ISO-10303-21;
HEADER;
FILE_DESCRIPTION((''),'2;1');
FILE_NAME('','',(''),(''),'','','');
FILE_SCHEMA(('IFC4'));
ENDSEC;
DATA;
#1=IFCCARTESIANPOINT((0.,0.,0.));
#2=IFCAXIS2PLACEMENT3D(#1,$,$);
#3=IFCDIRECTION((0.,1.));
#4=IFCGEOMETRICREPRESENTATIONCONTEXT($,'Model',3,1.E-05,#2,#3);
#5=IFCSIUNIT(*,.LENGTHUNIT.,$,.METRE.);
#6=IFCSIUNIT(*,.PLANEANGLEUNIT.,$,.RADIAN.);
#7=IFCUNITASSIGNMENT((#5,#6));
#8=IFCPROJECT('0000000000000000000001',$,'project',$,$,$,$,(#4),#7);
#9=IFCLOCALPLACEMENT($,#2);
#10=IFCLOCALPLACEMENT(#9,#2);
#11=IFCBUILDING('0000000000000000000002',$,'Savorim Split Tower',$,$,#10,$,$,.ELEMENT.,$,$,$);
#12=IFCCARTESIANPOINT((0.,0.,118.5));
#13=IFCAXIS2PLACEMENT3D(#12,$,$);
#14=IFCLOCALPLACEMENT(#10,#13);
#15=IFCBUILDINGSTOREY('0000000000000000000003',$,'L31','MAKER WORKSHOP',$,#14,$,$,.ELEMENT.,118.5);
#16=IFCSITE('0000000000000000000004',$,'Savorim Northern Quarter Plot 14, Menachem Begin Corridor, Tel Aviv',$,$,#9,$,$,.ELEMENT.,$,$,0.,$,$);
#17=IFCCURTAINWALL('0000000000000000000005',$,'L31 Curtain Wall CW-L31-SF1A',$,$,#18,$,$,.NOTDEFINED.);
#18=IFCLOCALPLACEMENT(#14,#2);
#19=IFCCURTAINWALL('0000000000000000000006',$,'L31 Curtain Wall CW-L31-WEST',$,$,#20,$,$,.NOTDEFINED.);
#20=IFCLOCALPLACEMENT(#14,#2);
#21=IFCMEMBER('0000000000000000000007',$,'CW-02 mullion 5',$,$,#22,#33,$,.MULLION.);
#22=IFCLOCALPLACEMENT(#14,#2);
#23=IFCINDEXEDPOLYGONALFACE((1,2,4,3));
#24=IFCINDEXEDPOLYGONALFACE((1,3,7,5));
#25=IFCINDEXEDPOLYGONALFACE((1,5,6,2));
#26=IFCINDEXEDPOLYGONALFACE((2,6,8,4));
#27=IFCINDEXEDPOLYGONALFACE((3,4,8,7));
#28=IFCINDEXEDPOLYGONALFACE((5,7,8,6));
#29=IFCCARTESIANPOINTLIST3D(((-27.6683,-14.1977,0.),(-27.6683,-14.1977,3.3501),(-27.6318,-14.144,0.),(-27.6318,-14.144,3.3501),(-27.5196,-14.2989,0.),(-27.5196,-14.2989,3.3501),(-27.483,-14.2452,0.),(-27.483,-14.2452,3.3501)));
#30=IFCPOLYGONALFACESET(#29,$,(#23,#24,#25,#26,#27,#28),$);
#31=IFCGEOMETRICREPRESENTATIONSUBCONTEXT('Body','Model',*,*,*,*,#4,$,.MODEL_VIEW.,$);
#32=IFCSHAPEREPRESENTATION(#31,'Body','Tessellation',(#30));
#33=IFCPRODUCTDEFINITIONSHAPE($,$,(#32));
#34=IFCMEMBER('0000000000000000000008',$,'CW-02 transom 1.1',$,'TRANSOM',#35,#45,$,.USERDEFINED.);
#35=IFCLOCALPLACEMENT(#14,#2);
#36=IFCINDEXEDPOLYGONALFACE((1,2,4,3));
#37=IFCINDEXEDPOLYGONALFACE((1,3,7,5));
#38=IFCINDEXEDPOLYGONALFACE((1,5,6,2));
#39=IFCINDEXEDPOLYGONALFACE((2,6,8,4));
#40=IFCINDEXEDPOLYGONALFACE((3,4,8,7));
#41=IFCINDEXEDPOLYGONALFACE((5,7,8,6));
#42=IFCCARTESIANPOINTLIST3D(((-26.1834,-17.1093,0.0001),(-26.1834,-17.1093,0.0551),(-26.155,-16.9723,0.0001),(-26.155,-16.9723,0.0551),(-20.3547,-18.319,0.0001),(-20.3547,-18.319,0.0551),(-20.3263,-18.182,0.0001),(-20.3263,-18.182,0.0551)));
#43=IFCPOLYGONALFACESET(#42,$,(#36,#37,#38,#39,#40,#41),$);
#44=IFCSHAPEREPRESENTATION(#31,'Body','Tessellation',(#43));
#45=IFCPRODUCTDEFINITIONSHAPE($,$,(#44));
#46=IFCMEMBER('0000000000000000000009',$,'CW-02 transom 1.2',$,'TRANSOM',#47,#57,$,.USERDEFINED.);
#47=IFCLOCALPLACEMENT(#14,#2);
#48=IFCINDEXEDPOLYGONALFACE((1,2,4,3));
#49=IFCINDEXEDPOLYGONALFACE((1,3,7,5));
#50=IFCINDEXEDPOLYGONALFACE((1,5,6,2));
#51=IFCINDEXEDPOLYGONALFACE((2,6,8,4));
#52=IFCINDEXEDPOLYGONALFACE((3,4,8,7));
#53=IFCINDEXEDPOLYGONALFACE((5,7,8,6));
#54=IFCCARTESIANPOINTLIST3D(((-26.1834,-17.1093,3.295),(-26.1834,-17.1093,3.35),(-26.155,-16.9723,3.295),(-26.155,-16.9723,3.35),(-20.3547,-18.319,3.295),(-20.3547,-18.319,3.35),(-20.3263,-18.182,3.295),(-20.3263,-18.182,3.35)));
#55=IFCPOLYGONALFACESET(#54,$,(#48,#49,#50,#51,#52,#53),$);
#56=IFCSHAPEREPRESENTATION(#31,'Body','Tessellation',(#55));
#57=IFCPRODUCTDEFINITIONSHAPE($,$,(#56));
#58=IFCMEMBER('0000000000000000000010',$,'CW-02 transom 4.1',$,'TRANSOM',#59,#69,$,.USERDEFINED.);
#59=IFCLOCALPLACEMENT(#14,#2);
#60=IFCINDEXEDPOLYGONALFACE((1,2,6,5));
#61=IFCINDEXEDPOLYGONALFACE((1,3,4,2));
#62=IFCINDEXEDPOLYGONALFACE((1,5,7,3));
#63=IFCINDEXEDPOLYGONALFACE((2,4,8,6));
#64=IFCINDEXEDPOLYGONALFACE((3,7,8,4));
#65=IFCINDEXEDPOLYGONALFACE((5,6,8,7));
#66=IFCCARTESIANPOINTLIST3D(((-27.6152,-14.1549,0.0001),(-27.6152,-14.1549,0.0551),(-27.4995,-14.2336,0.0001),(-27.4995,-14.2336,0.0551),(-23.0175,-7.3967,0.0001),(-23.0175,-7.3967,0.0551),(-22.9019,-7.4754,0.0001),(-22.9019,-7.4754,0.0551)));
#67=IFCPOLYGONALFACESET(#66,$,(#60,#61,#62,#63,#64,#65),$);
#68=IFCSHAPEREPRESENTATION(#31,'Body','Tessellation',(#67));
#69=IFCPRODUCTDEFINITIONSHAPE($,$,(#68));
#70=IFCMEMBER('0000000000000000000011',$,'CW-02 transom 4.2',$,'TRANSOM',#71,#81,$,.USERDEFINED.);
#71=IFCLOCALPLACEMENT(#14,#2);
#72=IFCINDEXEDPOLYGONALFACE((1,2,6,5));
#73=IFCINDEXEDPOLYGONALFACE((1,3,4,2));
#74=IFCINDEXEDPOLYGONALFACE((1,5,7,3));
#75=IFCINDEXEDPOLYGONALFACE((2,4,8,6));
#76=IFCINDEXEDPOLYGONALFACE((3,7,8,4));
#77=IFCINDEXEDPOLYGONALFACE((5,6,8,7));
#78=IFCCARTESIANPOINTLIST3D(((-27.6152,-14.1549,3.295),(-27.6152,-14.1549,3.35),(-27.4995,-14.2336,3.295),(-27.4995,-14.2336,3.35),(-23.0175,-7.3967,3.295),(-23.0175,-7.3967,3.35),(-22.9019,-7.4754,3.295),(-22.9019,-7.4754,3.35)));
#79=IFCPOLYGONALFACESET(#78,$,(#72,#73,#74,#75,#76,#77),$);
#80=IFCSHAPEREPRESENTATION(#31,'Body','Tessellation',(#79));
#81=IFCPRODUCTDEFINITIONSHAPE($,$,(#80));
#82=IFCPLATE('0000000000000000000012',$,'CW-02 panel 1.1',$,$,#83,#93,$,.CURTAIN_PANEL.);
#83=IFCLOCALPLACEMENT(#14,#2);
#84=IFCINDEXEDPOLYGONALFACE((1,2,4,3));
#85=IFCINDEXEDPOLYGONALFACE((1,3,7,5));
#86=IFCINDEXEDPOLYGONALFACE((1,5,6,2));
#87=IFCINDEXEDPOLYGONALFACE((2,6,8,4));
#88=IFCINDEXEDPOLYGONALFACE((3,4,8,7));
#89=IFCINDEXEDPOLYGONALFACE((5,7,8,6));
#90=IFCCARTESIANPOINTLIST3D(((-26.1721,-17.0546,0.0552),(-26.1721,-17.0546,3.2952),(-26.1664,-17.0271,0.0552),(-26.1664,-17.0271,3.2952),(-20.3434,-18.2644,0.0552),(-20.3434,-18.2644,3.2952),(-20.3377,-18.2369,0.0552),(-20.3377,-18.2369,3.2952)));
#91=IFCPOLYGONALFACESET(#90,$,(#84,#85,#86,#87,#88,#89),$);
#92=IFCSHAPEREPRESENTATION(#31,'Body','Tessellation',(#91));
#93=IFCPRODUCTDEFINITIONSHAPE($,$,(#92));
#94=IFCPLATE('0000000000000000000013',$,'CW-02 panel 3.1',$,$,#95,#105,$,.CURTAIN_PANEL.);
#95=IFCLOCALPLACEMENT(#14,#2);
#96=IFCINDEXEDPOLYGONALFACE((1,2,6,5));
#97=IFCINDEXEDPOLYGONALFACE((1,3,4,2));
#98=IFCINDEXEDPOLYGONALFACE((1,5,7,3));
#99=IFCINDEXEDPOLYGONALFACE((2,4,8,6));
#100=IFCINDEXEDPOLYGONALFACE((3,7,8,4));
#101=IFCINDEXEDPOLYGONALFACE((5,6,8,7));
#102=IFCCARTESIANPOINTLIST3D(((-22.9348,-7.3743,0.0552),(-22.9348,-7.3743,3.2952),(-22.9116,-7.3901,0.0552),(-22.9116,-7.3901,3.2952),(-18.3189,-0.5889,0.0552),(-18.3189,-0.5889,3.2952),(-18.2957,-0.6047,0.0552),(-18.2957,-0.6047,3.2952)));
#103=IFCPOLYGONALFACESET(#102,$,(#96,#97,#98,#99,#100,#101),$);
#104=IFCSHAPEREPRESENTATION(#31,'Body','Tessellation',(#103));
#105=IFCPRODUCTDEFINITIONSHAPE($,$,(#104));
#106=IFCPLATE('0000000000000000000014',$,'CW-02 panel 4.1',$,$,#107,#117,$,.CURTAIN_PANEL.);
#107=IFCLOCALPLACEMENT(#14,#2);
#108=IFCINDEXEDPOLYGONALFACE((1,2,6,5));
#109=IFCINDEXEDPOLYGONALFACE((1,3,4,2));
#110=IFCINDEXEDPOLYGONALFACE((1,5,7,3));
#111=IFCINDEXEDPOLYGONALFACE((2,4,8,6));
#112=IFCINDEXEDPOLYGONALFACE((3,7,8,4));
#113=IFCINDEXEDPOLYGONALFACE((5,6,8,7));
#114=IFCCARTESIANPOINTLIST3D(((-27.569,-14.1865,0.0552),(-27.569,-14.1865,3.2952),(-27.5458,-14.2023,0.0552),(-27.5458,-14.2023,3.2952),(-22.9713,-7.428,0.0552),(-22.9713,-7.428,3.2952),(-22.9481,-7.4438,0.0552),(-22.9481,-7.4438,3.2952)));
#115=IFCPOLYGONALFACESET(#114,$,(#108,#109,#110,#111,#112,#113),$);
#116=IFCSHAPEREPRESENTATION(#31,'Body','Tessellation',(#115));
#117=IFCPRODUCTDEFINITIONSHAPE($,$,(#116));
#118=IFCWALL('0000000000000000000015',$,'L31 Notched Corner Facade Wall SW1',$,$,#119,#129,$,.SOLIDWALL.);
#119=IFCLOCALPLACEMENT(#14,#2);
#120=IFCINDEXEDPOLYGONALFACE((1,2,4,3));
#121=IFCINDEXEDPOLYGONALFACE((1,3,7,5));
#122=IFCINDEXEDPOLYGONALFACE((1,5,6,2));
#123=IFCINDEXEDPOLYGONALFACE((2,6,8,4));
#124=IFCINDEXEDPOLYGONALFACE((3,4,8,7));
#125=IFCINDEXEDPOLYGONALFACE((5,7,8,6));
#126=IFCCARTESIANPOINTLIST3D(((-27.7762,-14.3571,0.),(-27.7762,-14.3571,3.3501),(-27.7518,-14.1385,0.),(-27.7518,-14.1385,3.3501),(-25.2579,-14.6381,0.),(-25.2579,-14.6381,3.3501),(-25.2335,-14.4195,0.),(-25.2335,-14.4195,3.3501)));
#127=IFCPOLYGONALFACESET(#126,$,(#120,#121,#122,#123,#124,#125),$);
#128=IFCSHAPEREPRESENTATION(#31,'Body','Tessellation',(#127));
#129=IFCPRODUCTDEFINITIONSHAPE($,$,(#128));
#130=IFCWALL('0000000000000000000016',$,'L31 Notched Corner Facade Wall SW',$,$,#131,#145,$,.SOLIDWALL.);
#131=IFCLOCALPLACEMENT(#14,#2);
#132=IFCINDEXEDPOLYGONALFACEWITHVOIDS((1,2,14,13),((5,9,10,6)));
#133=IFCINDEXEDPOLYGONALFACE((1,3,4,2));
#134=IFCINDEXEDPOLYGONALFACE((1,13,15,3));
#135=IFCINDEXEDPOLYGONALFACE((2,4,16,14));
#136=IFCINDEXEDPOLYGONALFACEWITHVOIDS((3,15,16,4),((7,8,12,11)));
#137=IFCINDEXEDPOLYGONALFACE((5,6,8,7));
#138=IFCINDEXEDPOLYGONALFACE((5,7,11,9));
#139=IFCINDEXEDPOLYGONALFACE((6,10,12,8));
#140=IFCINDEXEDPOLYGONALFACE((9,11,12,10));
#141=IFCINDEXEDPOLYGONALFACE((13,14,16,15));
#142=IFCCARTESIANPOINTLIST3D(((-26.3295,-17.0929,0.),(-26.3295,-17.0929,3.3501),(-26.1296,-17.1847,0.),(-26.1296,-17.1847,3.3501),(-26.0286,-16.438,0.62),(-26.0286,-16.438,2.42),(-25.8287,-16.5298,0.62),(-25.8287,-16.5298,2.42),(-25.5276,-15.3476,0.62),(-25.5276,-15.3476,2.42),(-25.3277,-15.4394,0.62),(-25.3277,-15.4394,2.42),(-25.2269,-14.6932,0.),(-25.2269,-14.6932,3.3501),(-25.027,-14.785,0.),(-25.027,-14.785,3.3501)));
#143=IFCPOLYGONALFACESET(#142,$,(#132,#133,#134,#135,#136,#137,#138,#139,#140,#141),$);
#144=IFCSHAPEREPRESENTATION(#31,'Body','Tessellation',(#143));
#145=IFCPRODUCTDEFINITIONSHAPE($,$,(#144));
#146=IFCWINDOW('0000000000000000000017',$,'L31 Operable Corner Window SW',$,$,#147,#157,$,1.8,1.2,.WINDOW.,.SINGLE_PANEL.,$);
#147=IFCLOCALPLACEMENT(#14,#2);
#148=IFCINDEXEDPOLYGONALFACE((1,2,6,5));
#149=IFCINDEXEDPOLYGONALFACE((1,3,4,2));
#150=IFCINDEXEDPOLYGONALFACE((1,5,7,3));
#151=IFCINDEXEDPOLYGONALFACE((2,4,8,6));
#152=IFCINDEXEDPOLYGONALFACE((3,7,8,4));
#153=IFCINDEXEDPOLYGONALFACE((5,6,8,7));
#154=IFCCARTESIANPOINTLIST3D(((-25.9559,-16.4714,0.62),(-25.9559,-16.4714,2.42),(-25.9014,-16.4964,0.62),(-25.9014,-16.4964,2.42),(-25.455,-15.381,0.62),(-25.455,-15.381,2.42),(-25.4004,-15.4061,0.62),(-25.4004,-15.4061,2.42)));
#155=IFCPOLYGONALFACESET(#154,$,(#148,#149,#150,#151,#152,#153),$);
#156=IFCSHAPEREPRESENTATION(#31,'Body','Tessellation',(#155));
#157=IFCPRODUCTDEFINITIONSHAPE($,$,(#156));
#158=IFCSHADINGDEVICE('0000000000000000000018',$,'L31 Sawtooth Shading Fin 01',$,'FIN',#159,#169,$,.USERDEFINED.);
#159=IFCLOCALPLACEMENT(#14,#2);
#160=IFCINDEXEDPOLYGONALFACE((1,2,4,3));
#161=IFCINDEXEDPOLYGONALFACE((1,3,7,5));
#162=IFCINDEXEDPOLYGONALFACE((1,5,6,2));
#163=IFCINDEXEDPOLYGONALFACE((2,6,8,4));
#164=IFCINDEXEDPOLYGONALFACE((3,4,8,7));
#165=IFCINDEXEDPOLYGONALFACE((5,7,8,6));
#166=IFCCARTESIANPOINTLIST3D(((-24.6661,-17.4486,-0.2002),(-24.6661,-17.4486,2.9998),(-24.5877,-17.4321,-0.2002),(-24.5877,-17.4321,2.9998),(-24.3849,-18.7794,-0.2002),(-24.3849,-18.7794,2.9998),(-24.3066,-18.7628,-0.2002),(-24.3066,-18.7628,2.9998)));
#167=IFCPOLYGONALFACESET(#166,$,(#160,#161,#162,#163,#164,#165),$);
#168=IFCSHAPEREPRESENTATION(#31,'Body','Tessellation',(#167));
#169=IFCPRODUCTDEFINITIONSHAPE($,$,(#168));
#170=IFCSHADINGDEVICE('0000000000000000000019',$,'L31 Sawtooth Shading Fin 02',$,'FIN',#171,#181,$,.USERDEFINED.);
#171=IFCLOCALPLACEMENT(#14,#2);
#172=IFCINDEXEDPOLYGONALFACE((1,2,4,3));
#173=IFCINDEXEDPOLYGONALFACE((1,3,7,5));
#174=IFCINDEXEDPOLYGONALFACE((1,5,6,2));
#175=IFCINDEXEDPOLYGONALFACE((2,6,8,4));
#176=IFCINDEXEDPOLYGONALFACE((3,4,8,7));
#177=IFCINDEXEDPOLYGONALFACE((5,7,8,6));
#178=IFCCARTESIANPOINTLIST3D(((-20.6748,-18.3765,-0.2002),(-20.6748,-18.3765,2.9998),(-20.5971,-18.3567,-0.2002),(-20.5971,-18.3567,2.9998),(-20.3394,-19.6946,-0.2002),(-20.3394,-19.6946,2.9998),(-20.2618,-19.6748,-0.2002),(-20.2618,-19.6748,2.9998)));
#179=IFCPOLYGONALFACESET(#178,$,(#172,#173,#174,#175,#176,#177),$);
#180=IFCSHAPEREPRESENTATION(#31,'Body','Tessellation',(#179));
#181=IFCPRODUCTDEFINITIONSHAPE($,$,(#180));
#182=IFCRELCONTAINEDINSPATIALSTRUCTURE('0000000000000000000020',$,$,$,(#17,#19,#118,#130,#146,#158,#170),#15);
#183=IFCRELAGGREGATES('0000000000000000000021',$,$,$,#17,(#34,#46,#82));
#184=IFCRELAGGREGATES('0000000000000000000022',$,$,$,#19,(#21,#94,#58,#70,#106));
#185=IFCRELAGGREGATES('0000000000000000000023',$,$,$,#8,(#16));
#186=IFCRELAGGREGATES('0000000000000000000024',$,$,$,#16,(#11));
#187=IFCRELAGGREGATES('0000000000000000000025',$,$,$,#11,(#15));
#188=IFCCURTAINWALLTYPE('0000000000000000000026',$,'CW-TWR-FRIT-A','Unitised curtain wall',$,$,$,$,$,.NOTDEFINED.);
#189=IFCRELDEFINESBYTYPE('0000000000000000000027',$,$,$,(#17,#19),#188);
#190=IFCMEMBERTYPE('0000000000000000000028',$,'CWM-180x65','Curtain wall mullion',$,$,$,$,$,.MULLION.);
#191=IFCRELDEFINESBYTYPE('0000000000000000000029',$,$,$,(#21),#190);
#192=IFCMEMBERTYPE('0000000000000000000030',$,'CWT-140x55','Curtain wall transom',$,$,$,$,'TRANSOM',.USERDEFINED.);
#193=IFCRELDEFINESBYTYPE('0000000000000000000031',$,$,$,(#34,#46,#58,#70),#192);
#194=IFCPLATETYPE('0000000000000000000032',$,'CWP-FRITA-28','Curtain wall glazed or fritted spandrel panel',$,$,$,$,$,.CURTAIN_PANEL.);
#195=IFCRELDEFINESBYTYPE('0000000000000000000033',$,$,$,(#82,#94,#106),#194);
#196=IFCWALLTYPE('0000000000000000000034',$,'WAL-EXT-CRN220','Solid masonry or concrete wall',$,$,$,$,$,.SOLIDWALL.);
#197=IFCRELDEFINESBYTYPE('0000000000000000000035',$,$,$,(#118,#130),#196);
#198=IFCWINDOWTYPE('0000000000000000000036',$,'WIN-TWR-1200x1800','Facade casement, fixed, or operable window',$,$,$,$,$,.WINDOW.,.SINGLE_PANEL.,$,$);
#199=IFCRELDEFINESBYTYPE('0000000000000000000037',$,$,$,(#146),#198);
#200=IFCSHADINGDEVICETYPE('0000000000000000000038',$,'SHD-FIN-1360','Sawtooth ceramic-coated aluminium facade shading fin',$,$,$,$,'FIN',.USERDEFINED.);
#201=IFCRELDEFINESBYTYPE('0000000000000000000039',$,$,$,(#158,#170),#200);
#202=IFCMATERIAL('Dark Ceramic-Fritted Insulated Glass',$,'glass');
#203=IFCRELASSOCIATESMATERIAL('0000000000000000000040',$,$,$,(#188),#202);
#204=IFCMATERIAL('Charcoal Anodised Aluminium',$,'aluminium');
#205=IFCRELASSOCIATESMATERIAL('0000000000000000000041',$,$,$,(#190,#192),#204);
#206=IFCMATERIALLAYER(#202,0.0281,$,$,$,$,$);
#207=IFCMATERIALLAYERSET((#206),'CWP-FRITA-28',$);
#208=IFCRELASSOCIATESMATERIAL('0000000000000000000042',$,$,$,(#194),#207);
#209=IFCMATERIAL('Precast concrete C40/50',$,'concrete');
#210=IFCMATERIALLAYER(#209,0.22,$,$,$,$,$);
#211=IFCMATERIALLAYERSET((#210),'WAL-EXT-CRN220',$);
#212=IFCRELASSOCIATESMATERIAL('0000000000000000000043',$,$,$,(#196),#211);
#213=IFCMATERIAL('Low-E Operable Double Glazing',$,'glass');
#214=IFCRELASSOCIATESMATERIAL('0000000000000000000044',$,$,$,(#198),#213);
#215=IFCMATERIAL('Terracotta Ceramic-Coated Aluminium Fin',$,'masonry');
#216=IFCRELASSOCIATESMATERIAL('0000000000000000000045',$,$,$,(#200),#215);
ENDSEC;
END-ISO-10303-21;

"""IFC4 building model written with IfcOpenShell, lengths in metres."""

from ifc_helpers import new_model, si_unit, direction, frame, frame_2d, origin, origin_2d, place, context, subcontext, project, spatial, rectangle, extrude, material, layer, layer_set, material_profile, profile_set, type_object, element, fill, aggregate, save


model = new_model("IFC4")

# Units and contexts
model_context = context("Model", 3, precision=1e-05, world=origin(), true_north=direction((0.0, 1.0)))
body_context = subcontext(model_context, "Body", "Model", "MODEL_VIEW")
ifc_project = project(units=[si_unit("LENGTHUNIT", "METRE"), si_unit("PLANEANGLEUNIT", "RADIAN")], contexts=[model_context])

# Site, building, storey
site_placement = place(None, origin())
site = spatial("IfcSite", under=ifc_project, at=site_placement, Name="Savorim Northern Quarter Plot 14, Menachem Begin Corridor, Tel Aviv", CompositionType="ELEMENT", RefElevation=0.0)
building_placement = place(site_placement, origin())
building = spatial("IfcBuilding", under=site, at=building_placement, Name="Savorim Split Tower", CompositionType="ELEMENT")
storey_placement = place(building_placement, frame((0.0, 0.0, 118.5)))
storey = spatial("IfcBuildingStorey", under=building, at=storey_placement, Name="L31", Description="MAKER WORKSHOP", CompositionType="ELEMENT", Elevation=118.5)

# Curtain walls, member
ifc_material_1 = material(Name="Dark Ceramic-Fritted Insulated Glass", Category="glass")
curtain_wall_type = type_object("IfcCurtainWallType", Name="CW-TWR-FRIT-A", Description="Unitised curtain wall", PredefinedType="NOTDEFINED", material=ifc_material_1)
curtain_wall_1_placement = place(storey_placement, origin())
curtain_wall_1 = element("IfcCurtainWall", 1, at=curtain_wall_1_placement, inside=storey, type_object=curtain_wall_type, Name="L31 Curtain Wall CW-L31-SF1A", PredefinedType="NOTDEFINED")
ifc_material_2 = material(Name="Charcoal Anodised Aluminium", Category="aluminium")
ifc_material_profile_1 = material_profile(ifc_material_2, rectangle(XDim=0.1799, YDim=0.0649, at=origin_2d()), Name="ALU-M 180x65")
ifc_profile_set_1 = profile_set([ifc_material_profile_1], Name="Charcoal Anodised Aluminium")
member_type_1 = type_object("IfcMemberType", Name="CWM-180x65", Description="Curtain wall mullion", PredefinedType="MULLION", material=ifc_profile_set_1)
curtain_wall_2_placement = place(storey_placement, origin())
curtain_wall_2 = element("IfcCurtainWall", 2, at=curtain_wall_2_placement, inside=storey, type_object=curtain_wall_type, Name="L31 Curtain Wall CW-L31-WEST", PredefinedType="NOTDEFINED")
member_1_placement = place(storey_placement, frame((-27.5757, -14.2214, 0.0), z_axis=(0.0, 0.0, 1.0), x_axis=(0.82682, -0.562467, 0.0)))
member_1 = element("IfcMember", 3, at=member_1_placement, type_object=member_type_1, Name="CW-02 mullion 5", PredefinedType="MULLION", context=body_context, shape_type="SweptSolid", body=[
    extrude(rectangle(XDim=0.1799, YDim=0.0649, at=origin_2d()), origin(), (0.0, 0.0, 1.0), 3.3501),
])

# Members
ifc_material_profile_2 = material_profile(ifc_material_2, rectangle(XDim=0.1399, YDim=0.0549, at=origin_2d()), Name="ALU-T 140x55")
ifc_profile_set_2 = profile_set([ifc_material_profile_2], Name="Charcoal Anodised Aluminium")
member_type_2 = type_object("IfcMemberType", Name="CWT-140x55", Description="Curtain wall transom", ElementType="TRANSOM", PredefinedType="USERDEFINED", material=ifc_profile_set_2)
member_2_placement = place(storey_placement, frame((-26.1692, -17.0408, 0.0276), z_axis=(0.979134, -0.203217, 0.0), x_axis=(0.203217, 0.979134, 0.0)))
member_2 = element("IfcMember", 4, at=member_2_placement, type_object=member_type_2, Name="CW-02 transom 1.1", ObjectType="TRANSOM", PredefinedType="USERDEFINED", context=body_context, shape_type="SweptSolid", body=[
    extrude(rectangle(XDim=0.1399, YDim=0.0549, at=origin_2d()), origin(), (0.0, 0.0, 1.0), 5.9529),
])
member_3_placement = place(storey_placement, frame((-26.1692, -17.0408, 3.3225), z_axis=(0.979134, -0.203217, 0.0), x_axis=(0.203217, 0.979134, 0.0)))
member_3 = element("IfcMember", 5, at=member_3_placement, type_object=member_type_2, Name="CW-02 transom 1.2", ObjectType="TRANSOM", PredefinedType="USERDEFINED", context=body_context, shape_type="SweptSolid", body=[
    extrude(rectangle(XDim=0.1399, YDim=0.0549, at=origin_2d()), origin(), (0.0, 0.0, 1.0), 5.9529),
])
member_4_placement = place(storey_placement, frame((-22.9597, -7.436, 0.0276), z_axis=(-0.562478, -0.826812, 0.0), x_axis=(0.826812, -0.562478, 0.0)))
member_4 = element("IfcMember", 6, at=member_4_placement, type_object=member_type_2, Name="CW-02 transom 4.1", ObjectType="TRANSOM", PredefinedType="USERDEFINED", context=body_context, shape_type="SweptSolid", body=[
    extrude(rectangle(XDim=0.1399, YDim=0.0549, at=origin_2d()), origin(), (0.0, 0.0, 1.0), 8.1738),
])
member_5_placement = place(storey_placement, frame((-22.9597, -7.436, 3.3225), z_axis=(-0.562478, -0.826812, 0.0), x_axis=(0.826812, -0.562478, 0.0)))
member_5 = element("IfcMember", 7, at=member_5_placement, type_object=member_type_2, Name="CW-02 transom 4.2", ObjectType="TRANSOM", PredefinedType="USERDEFINED", context=body_context, shape_type="SweptSolid", body=[
    extrude(rectangle(XDim=0.1399, YDim=0.0549, at=origin_2d()), origin(), (0.0, 0.0, 1.0), 8.1738),
])

# Plates
ifc_layer_1 = layer(ifc_material_1, 0.0281)
ifc_layer_set_1 = layer_set([ifc_layer_1], Name="CWP-FRITA-28")
plate_type = type_object("IfcPlateType", Name="CWP-FRITA-28", Description="Curtain wall glazed or fritted spandrel panel", PredefinedType="CURTAIN_PANEL", material=ifc_layer_set_1)
plate_1_placement = place(storey_placement, frame((-23.2549, -17.6458, 0.0552), z_axis=(0.0, 0.0, 1.0), x_axis=(0.979134, -0.203216, 0.0)))
plate_1 = element("IfcPlate", 8, at=plate_1_placement, type_object=plate_type, Name="CW-02 panel 1.1", PredefinedType="CURTAIN_PANEL", context=body_context, shape_type="SweptSolid", body=[
    extrude(rectangle(XDim=5.9529, YDim=0.0281, at=origin_2d()), origin(), (0.0, 0.0, 1.0), 3.24),
])
aggregate(curtain_wall_1, [member_2, member_3, plate_1])
plate_2_placement = place(storey_placement, frame((-20.6152, -3.9895, 0.0552), z_axis=(0.0, 0.0, 1.0), x_axis=(-0.562467, -0.82682, 0.0)))
plate_2 = element("IfcPlate", 9, at=plate_2_placement, type_object=plate_type, Name="CW-02 panel 3.1", PredefinedType="CURTAIN_PANEL", context=body_context, shape_type="SweptSolid", body=[
    extrude(rectangle(XDim=8.2065, YDim=0.0281, at=origin_2d()), origin(), (0.0, 0.0, 1.0), 3.24),
])
plate_3_placement = place(storey_placement, frame((-25.2585, -10.8152, 0.0552), z_axis=(0.0, 0.0, 1.0), x_axis=(-0.562467, -0.82682, 0.0)))
plate_3 = element("IfcPlate", 10, at=plate_3_placement, type_object=plate_type, Name="CW-02 panel 4.1", PredefinedType="CURTAIN_PANEL", context=body_context, shape_type="SweptSolid", body=[
    extrude(rectangle(XDim=8.1741, YDim=0.0281, at=origin_2d()), origin(), (0.0, 0.0, 1.0), 3.24),
])
aggregate(curtain_wall_2, [member_1, plate_2, member_4, member_5, plate_3])

# Wall
ifc_material_3 = material(Name="Precast concrete C40/50", Category="concrete")
ifc_layer_2 = layer(ifc_material_3, 0.22)
ifc_layer_set_2 = layer_set([ifc_layer_2], Name="WAL-EXT-CRN220")
wall_type = type_object("IfcWallType", Name="WAL-EXT-CRN220", Description="Solid masonry or concrete wall", PredefinedType="SOLIDWALL", material=ifc_layer_set_2)
wall_1_placement = place(storey_placement, frame((-25.2456, -14.5288, 0.0), z_axis=(0.0, 0.0, 1.0), x_axis=(-0.993832, 0.110897, 0.0)))
element("IfcWall", 11, at=wall_1_placement, inside=storey, type_object=wall_type, Name="L31 Notched Corner Facade Wall SW1", PredefinedType="SOLIDWALL", context=body_context, shape_type="SweptSolid", body=[
    extrude(rectangle(XDim=2.5339, YDim=0.22, at=frame_2d((1.2671, 0.0))), origin(), (0.0, 0.0, 1.0), 3.3501),
])

# Wall, opening, window
wall_2_placement = place(storey_placement, frame((-26.2295, -17.1387, 0.0), z_axis=(0.0, 0.0, 1.0), x_axis=(0.417498, 0.908678, 0.0)))
wall_2 = element("IfcWall", 12, at=wall_2_placement, inside=storey, type_object=wall_type, Name="L31 Notched Corner Facade Wall SW", PredefinedType="SOLIDWALL", context=body_context, shape_type="SweptSolid", body=[
    extrude(rectangle(XDim=2.6409, YDim=0.22, at=frame_2d((1.3203, 0.0))), origin(), (0.0, 0.0, 1.0), 3.3501),
])
opening_placement = place(wall_2_placement, frame((0.7205, 0.0, 0.6201)))
opening = element("IfcOpeningElement", 13, at=opening_placement, cuts=wall_2, PredefinedType="OPENING", context=body_context, shape_type="SweptSolid", body=[
    extrude(rectangle(XDim=1.2, YDim=1.8, at=frame_2d((0.6001, 0.8999))), frame((0.0, 0.1199, 0.0), z_axis=(0.0, -1.0, 0.0), x_axis=(1.0, 0.0, 0.0)), (0.0, 0.0, 1.0), 0.24),
])
ifc_material_4 = material(Name="Low-E Operable Double Glazing", Category="glass")
window_type = type_object("IfcWindowType", Name="WIN-TWR-1200x1800", Description="Facade casement, fixed, or operable window", PartitioningType="SINGLE_PANEL", PredefinedType="WINDOW", material=ifc_material_4)
window_placement = place(opening_placement, origin())
window = element("IfcWindow", 14, at=window_placement, inside=storey, type_object=window_type, Name="L31 Operable Corner Window SW", OverallHeight=1.8, OverallWidth=1.2, PartitioningType="SINGLE_PANEL", PredefinedType="WINDOW", context=body_context, shape_type="SweptSolid", body=[
    extrude(rectangle(XDim=1.2, YDim=1.8, at=frame_2d((0.6001, 0.8999))), frame((0.0, 0.03, 0.0), z_axis=(0.0, -1.0, 0.0), x_axis=(1.0, 0.0, 0.0)), (0.0, 0.0, 1.0), 0.0601),
])
fill(opening, window)

# Shading devices
ifc_material_5 = material(Name="Terracotta Ceramic-Coated Aluminium Fin", Category="masonry")
shading_device_type = type_object("IfcShadingDeviceType", Name="SHD-FIN-1360", Description="Sawtooth ceramic-coated aluminium facade shading fin", ElementType="FIN", PredefinedType="USERDEFINED", material=ifc_material_5)
for number, where, z_axis, x_axis, name in (
    (15, (-24.4863, -18.1057, -0.2002), (0.0, 0.0, 1.0), (0.206722, -0.9784, 0.0), "L31 Sawtooth Shading Fin 01"),
    (16, (-20.4683, -19.0256, -0.2002), (0.0, 0.0, 1.0), (0.246581, -0.969122, 0.0), "L31 Sawtooth Shading Fin 02"),
):
    element("IfcShadingDevice", number, at=place(storey_placement, frame(where, z_axis=z_axis, x_axis=x_axis)), inside=storey, type_object=shading_device_type, Name=name, ObjectType="FIN", PredefinedType="USERDEFINED", context=body_context, shape_type="SweptSolid", body=[
        extrude(rectangle(XDim=1.3601, YDim=0.0801, at=origin_2d()), origin(), (0.0, 0.0, 1.0), 3.2),
    ])

save(model, "model.ifc")
